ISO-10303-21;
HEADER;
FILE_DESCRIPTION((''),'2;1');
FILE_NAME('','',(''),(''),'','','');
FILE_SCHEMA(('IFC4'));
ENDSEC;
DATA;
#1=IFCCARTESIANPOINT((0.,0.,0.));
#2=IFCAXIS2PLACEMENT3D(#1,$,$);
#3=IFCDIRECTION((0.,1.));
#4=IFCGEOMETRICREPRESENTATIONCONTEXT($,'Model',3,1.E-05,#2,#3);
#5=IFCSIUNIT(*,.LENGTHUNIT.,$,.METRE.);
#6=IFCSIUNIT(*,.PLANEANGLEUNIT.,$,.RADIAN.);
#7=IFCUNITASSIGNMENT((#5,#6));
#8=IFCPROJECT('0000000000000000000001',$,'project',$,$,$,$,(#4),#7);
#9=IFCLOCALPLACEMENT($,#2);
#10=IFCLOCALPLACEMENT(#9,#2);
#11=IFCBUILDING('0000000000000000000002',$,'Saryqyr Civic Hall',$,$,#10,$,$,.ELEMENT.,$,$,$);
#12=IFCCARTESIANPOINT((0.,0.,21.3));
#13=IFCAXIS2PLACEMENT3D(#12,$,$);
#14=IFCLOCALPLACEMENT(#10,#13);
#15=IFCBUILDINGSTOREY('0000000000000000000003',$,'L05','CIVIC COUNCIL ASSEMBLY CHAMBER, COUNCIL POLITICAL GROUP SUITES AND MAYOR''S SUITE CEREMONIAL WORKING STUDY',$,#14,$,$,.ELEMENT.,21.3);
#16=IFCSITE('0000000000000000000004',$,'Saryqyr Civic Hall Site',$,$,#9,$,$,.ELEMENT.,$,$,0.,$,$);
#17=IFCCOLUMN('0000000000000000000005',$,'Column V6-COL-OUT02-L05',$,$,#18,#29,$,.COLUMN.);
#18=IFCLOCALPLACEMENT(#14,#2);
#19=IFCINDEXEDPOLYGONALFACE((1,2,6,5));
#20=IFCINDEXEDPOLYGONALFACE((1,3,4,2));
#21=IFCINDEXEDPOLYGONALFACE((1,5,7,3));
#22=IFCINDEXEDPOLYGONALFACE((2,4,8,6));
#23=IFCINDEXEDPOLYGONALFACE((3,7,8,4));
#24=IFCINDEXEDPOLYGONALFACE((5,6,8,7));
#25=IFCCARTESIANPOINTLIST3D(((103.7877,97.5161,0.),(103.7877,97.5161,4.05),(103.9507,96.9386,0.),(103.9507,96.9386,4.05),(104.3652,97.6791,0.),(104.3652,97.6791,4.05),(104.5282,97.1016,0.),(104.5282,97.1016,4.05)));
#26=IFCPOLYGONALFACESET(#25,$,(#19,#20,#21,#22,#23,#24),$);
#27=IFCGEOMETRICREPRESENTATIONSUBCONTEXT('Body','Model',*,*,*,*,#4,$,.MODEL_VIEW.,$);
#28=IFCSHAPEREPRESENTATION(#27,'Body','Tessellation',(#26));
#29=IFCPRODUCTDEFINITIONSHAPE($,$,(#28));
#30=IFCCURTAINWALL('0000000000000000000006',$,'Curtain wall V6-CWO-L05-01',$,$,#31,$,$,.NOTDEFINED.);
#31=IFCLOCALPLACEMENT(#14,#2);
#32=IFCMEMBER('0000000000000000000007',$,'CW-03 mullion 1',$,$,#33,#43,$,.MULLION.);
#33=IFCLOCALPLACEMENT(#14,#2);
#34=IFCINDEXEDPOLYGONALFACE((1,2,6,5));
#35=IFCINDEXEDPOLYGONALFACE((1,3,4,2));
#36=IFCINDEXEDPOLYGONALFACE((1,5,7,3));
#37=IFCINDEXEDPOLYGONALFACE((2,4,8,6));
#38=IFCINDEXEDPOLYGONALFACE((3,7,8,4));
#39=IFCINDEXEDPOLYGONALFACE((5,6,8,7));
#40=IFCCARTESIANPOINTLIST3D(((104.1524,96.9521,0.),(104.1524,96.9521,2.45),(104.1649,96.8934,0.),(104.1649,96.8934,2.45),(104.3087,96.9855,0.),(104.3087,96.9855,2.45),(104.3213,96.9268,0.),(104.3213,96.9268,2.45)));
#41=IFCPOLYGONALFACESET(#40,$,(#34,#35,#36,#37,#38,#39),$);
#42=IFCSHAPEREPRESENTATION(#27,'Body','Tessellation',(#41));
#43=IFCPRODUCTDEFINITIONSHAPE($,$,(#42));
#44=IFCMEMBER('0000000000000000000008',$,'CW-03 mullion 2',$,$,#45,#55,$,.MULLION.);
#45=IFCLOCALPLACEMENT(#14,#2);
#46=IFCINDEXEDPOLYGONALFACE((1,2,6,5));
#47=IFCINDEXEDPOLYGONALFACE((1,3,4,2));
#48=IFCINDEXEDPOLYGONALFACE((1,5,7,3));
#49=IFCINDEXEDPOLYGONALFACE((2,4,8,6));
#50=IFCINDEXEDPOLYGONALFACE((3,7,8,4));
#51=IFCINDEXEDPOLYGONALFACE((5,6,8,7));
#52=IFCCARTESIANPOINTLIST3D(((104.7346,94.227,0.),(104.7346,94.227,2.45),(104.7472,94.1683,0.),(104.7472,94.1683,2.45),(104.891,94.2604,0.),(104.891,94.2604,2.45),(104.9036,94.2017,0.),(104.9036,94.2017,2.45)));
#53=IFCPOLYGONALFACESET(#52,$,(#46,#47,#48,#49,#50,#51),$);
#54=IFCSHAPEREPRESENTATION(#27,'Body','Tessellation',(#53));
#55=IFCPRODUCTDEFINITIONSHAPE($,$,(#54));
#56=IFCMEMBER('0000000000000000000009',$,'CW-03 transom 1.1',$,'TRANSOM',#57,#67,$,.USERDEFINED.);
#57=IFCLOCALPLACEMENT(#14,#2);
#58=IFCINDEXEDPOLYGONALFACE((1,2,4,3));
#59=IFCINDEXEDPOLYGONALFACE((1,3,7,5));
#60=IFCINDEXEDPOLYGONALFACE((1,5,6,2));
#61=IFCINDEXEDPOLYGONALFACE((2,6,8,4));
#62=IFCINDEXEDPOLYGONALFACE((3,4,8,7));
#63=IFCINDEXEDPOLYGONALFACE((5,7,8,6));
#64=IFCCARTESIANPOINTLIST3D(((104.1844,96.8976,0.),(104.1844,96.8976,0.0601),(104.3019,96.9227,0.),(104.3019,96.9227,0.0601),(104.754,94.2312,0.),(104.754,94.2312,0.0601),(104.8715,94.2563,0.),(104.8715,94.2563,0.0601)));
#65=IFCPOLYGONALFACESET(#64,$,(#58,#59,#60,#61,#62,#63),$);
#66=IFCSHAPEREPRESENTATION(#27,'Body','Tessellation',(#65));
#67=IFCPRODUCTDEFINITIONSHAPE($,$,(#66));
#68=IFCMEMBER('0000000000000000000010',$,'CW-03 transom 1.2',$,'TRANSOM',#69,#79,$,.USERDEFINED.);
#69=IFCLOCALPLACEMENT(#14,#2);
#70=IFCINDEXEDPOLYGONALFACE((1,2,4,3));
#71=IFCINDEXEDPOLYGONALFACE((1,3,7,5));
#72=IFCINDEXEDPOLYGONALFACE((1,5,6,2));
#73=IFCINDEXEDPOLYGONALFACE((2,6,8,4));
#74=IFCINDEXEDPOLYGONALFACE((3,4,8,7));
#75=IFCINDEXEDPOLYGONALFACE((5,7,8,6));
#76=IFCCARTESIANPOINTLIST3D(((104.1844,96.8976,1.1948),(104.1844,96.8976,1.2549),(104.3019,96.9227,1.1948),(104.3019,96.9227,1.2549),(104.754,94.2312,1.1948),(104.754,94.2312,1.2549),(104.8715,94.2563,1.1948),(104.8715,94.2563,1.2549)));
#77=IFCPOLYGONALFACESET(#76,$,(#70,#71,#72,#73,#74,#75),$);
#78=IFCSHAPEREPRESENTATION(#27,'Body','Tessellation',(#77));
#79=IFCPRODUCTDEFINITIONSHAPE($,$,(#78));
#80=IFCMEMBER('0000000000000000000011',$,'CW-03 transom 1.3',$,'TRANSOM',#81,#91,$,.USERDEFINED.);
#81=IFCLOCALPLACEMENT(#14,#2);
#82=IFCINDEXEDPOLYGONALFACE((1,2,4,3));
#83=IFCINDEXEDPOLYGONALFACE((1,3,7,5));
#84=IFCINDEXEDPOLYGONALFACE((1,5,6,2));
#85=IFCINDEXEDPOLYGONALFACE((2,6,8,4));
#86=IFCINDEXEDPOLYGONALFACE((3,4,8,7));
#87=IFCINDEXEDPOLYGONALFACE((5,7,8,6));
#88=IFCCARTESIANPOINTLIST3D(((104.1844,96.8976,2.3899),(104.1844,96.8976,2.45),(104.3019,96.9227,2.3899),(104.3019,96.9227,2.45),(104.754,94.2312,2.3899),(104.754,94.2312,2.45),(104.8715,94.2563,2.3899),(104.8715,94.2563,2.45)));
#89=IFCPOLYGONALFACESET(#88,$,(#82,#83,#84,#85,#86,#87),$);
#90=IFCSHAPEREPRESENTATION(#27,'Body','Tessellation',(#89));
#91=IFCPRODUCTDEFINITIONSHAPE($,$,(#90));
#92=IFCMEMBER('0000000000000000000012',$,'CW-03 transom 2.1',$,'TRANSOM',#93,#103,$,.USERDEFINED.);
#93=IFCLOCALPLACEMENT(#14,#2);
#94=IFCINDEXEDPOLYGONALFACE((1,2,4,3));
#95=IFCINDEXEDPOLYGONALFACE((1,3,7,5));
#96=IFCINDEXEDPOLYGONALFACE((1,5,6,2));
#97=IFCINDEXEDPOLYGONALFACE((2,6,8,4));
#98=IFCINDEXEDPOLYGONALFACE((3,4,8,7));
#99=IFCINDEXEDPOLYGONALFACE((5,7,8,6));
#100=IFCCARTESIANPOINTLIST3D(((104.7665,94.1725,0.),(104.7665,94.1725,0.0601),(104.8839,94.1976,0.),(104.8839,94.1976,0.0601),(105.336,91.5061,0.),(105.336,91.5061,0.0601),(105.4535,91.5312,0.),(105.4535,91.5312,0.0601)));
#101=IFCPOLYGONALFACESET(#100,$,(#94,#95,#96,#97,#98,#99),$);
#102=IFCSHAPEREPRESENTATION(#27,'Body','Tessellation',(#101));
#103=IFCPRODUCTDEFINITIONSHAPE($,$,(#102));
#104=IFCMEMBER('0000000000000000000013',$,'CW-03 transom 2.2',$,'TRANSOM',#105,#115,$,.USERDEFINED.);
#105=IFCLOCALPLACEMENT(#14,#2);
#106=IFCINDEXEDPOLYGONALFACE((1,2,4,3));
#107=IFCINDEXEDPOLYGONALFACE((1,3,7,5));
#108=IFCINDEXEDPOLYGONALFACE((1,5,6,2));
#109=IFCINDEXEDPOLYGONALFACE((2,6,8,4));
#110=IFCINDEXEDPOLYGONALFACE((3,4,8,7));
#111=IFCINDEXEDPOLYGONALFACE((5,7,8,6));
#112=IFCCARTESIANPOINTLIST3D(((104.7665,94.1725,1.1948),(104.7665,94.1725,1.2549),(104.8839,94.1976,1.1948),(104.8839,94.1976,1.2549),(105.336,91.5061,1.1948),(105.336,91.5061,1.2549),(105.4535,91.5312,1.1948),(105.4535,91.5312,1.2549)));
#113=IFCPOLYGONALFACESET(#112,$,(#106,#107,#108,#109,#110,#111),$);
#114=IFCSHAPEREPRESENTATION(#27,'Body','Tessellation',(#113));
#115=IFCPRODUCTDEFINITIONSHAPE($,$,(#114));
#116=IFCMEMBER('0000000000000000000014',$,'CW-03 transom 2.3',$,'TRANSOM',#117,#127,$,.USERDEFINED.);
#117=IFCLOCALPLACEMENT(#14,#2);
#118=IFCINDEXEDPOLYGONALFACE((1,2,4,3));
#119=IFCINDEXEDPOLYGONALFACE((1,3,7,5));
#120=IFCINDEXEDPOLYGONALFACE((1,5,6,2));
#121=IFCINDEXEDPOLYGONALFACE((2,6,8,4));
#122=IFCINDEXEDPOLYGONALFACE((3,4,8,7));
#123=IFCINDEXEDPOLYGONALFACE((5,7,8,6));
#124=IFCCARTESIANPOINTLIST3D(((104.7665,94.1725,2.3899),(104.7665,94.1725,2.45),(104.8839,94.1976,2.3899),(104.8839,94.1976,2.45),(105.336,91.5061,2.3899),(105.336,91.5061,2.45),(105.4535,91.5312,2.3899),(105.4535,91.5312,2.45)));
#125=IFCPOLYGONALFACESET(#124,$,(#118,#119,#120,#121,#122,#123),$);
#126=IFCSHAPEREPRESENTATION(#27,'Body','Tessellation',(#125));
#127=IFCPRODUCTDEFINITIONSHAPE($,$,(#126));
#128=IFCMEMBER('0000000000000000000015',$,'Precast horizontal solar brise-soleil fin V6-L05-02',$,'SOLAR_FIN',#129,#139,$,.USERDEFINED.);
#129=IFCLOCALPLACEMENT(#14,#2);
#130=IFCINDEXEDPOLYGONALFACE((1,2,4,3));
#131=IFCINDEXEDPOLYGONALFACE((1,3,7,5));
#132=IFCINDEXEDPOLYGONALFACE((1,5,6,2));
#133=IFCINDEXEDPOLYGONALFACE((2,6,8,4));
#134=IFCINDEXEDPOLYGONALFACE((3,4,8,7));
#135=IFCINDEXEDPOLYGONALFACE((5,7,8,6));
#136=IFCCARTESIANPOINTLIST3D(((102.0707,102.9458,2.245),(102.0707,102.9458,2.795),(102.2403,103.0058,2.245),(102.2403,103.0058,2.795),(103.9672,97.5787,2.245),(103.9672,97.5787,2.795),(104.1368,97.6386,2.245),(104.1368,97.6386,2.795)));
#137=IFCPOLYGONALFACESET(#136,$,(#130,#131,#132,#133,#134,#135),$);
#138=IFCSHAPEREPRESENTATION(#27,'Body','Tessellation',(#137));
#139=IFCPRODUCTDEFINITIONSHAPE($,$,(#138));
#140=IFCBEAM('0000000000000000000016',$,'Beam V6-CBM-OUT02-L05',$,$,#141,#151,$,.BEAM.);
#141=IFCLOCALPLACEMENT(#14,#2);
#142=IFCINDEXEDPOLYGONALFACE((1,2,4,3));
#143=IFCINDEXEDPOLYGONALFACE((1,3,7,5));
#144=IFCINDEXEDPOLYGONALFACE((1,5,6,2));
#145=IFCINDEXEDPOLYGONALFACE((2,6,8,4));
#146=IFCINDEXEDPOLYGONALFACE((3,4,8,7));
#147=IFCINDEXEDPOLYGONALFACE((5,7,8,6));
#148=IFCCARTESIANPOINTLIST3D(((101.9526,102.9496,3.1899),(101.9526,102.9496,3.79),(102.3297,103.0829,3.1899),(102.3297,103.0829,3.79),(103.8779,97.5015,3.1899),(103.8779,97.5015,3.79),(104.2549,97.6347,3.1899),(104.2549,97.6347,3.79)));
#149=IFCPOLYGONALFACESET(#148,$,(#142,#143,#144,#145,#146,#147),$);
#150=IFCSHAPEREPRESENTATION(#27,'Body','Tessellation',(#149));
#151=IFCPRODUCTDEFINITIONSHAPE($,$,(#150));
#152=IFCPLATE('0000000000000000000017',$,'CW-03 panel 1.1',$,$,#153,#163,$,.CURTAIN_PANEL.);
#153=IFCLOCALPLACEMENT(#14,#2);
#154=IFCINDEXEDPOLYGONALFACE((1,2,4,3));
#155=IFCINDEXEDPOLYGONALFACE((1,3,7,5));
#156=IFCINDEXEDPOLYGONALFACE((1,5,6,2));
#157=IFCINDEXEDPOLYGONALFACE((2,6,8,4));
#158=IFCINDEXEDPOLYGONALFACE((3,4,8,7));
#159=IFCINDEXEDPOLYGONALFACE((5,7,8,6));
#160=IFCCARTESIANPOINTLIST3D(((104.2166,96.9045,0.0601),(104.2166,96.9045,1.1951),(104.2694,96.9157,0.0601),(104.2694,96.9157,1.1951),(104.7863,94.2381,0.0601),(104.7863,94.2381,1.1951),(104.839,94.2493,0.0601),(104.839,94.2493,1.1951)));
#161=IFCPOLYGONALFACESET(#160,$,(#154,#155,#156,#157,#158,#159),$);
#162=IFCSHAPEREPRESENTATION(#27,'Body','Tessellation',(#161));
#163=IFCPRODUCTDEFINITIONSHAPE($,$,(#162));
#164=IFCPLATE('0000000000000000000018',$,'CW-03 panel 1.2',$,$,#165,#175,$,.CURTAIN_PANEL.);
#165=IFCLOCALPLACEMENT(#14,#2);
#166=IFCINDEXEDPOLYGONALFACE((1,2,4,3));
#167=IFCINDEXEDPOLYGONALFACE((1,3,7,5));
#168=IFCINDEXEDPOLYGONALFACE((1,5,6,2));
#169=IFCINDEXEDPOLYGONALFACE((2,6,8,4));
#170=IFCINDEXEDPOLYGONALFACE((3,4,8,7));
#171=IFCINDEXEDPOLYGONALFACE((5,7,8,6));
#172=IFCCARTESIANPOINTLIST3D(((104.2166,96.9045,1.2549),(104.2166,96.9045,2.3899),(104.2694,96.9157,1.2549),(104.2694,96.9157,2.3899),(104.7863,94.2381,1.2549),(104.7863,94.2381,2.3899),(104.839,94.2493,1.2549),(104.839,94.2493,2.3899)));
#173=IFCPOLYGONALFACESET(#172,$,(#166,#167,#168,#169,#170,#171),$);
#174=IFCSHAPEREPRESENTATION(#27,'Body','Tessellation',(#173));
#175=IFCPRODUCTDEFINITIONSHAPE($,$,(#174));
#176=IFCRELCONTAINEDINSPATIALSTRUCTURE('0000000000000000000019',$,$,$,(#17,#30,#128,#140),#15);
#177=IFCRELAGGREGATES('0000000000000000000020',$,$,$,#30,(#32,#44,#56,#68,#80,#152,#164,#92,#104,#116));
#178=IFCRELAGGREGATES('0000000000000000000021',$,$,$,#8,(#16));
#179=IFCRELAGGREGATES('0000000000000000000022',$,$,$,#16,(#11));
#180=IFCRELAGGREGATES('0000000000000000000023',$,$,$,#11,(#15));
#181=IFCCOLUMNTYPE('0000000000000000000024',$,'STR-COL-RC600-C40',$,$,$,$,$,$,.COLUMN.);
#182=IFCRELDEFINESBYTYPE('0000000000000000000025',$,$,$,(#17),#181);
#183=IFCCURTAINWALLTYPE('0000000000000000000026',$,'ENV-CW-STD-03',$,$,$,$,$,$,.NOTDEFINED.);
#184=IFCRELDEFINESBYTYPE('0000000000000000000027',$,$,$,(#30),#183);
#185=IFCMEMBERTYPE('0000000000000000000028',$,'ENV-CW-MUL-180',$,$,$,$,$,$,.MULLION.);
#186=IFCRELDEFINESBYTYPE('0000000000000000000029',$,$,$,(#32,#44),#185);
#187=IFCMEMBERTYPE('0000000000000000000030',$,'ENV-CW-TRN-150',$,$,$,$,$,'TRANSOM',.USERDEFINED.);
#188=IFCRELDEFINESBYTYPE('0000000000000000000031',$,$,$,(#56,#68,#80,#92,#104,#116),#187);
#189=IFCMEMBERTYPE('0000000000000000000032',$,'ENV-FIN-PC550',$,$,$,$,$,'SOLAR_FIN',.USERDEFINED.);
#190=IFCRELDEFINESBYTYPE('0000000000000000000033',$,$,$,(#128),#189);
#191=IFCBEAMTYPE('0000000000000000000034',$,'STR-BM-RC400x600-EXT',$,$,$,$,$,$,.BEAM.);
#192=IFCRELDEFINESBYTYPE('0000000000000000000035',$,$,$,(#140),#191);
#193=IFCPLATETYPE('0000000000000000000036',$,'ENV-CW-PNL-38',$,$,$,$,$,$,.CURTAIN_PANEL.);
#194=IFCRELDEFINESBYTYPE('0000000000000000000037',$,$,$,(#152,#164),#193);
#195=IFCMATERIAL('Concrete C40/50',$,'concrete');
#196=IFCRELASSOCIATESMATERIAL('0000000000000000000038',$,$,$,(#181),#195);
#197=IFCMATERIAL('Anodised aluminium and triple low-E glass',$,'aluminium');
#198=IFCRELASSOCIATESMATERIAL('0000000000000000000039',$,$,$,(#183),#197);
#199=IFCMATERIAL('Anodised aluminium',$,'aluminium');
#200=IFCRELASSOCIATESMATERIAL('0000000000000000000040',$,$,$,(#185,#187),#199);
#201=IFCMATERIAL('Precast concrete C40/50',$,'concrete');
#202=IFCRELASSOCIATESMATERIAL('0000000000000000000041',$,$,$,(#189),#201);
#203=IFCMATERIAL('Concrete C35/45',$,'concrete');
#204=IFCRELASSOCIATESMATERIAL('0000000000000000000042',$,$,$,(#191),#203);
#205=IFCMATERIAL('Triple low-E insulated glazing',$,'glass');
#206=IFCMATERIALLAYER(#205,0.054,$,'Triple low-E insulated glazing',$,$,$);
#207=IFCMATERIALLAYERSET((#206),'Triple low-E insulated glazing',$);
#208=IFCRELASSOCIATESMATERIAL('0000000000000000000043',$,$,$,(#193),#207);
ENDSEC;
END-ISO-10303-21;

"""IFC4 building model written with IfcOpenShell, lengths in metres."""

from ifc_helpers import new_model, si_unit, direction, frame, origin, origin_2d, place, context, subcontext, project, spatial, rectangle, extrude, material, layer, layer_set, material_profile, profile_set, type_object, element, aggregate, save


model = new_model("IFC4")

# Units and contexts
model_context = context("Model", 3, precision=1e-05, world=origin(), true_north=direction((0.0, 1.0)))
body_context = subcontext(model_context, "Body", "Model", "MODEL_VIEW")
ifc_project = project(units=[si_unit("LENGTHUNIT", "METRE"), si_unit("PLANEANGLEUNIT", "RADIAN")], contexts=[model_context])

# Site, building, storey
site_placement = place(None, origin())
site = spatial("IfcSite", under=ifc_project, at=site_placement, Name="Saryqyr Civic Hall Site", CompositionType="ELEMENT", RefElevation=0.0)
building_placement = place(site_placement, origin())
building = spatial("IfcBuilding", under=site, at=building_placement, Name="Saryqyr Civic Hall", CompositionType="ELEMENT")
storey_placement = place(building_placement, frame((0.0, 0.0, 21.3)))
storey = spatial("IfcBuildingStorey", under=building, at=storey_placement, Name="L05", Description="CIVIC COUNCIL ASSEMBLY CHAMBER, COUNCIL POLITICAL GROUP SUITES AND MAYOR'S SUITE CEREMONIAL WORKING STUDY", CompositionType="ELEMENT", Elevation=21.3)

# Column
ifc_material_1 = material(Name="Concrete C40/50", Category="concrete")
ifc_material_profile_1 = material_profile(ifc_material_1, rectangle(XDim=0.6001, YDim=0.6001, at=origin_2d()), Name="RC 600x600")
ifc_profile_set_1 = profile_set([ifc_material_profile_1], Name="Concrete C40/50")
column_type = type_object("IfcColumnType", Name="STR-COL-RC600-C40", PredefinedType="COLUMN", material=ifc_profile_set_1)
column_placement = place(storey_placement, frame((104.158, 97.3088, 0.0), z_axis=(0.0, 0.0, 1.0), x_axis=(0.962408, 0.271608, 0.0)))
element("IfcColumn", 1, at=column_placement, inside=storey, type_object=column_type, Name="Column V6-COL-OUT02-L05", PredefinedType="COLUMN", context=body_context, shape_type="SweptSolid", body=[
    extrude(rectangle(XDim=0.6001, YDim=0.6001, at=origin_2d()), origin(), (0.0, 0.0, 1.0), 4.05),
])

# Curtain wall, members
ifc_material_2 = material(Name="Anodised aluminium and triple low-E glass", Category="aluminium")
curtain_wall_type = type_object("IfcCurtainWallType", Name="ENV-CW-STD-03", PredefinedType="NOTDEFINED", material=ifc_material_2)
curtain_wall_placement = place(storey_placement, origin())
curtain_wall = element("IfcCurtainWall", 2, at=curtain_wall_placement, inside=storey, type_object=curtain_wall_type, Name="Curtain wall V6-CWO-L05-01", PredefinedType="NOTDEFINED")
ifc_material_3 = material(Name="Anodised aluminium", Category="aluminium")
ifc_material_profile_2 = material_profile(ifc_material_3, rectangle(XDim=0.0601, YDim=0.1599, at=origin_2d()), Name="ALU MULLION 60x160")
ifc_profile_set_2 = profile_set([ifc_material_profile_2], Name="Anodised aluminium")
member_type_1 = type_object("IfcMemberType", Name="ENV-CW-MUL-180", PredefinedType="MULLION", material=ifc_profile_set_2)
member_1_placement = place(storey_placement, frame((104.2368, 96.9395, 0.0), z_axis=(0.0, 0.0, 1.0), x_axis=(0.208908, -0.977935, 0.0)))
member_1 = element("IfcMember", 3, at=member_1_placement, type_object=member_type_1, Name="CW-03 mullion 1", PredefinedType="MULLION", context=body_context, shape_type="SweptSolid", body=[
    extrude(rectangle(XDim=0.0601, YDim=0.1599, at=origin_2d()), origin(), (0.0, 0.0, 1.0), 2.45),
])
member_2_placement = place(storey_placement, frame((104.8191, 94.2144, 0.0), z_axis=(0.0, 0.0, 1.0), x_axis=(0.208908, -0.977935, 0.0)))
member_2 = element("IfcMember", 4, at=member_2_placement, type_object=member_type_1, Name="CW-03 mullion 2", PredefinedType="MULLION", context=body_context, shape_type="SweptSolid", body=[
    extrude(rectangle(XDim=0.0601, YDim=0.1599, at=origin_2d()), origin(), (0.0, 0.0, 1.0), 2.45),
])
ifc_material_profile_3 = material_profile(ifc_material_3, rectangle(XDim=0.1201, YDim=0.0601, at=origin_2d()), Name="ALU TRANSOM 120x60")
ifc_profile_set_3 = profile_set([ifc_material_profile_3], Name="Anodised aluminium")
member_type_2 = type_object("IfcMemberType", Name="ENV-CW-TRN-150", ElementType="TRANSOM", PredefinedType="USERDEFINED", material=ifc_profile_set_3)
member_3_placement = place(storey_placement, frame((104.2432, 96.9102, 0.03), z_axis=(0.208893, -0.977938, 0.0), x_axis=(0.977938, 0.208893, 0.0)))
member_3 = element("IfcMember", 5, at=member_3_placement, type_object=member_type_2, Name="CW-03 transom 1.1", ObjectType="TRANSOM", PredefinedType="USERDEFINED", context=body_context, shape_type="SweptSolid", body=[
    extrude(rectangle(XDim=0.1201, YDim=0.0601, at=origin_2d()), origin(), (0.0, 0.0, 1.0), 2.7266),
])
member_4_placement = place(storey_placement, frame((104.2432, 96.9102, 1.2249), z_axis=(0.208893, -0.977938, 0.0), x_axis=(0.977938, 0.208893, 0.0)))
member_4 = element("IfcMember", 6, at=member_4_placement, type_object=member_type_2, Name="CW-03 transom 1.2", ObjectType="TRANSOM", PredefinedType="USERDEFINED", context=body_context, shape_type="SweptSolid", body=[
    extrude(rectangle(XDim=0.1201, YDim=0.0601, at=origin_2d()), origin(), (0.0, 0.0, 1.0), 2.7266),
])
member_5_placement = place(storey_placement, frame((104.2432, 96.9102, 2.4199), z_axis=(0.208893, -0.977938, 0.0), x_axis=(0.977938, 0.208893, 0.0)))
member_5 = element("IfcMember", 7, at=member_5_placement, type_object=member_type_2, Name="CW-03 transom 1.3", ObjectType="TRANSOM", PredefinedType="USERDEFINED", context=body_context, shape_type="SweptSolid", body=[
    extrude(rectangle(XDim=0.1201, YDim=0.0601, at=origin_2d()), origin(), (0.0, 0.0, 1.0), 2.7266),
])
member_6_placement = place(storey_placement, frame((104.8252, 94.1851, 0.03), z_axis=(0.208893, -0.977938, 0.0), x_axis=(0.977938, 0.208893, 0.0)))
member_6 = element("IfcMember", 8, at=member_6_placement, type_object=member_type_2, Name="CW-03 transom 2.1", ObjectType="TRANSOM", PredefinedType="USERDEFINED", context=body_context, shape_type="SweptSolid", body=[
    extrude(rectangle(XDim=0.1201, YDim=0.0601, at=origin_2d()), origin(), (0.0, 0.0, 1.0), 2.7266),
])
member_7_placement = place(storey_placement, frame((104.8252, 94.1851, 1.2249), z_axis=(0.208893, -0.977938, 0.0), x_axis=(0.977938, 0.208893, 0.0)))
member_7 = element("IfcMember", 9, at=member_7_placement, type_object=member_type_2, Name="CW-03 transom 2.2", ObjectType="TRANSOM", PredefinedType="USERDEFINED", context=body_context, shape_type="SweptSolid", body=[
    extrude(rectangle(XDim=0.1201, YDim=0.0601, at=origin_2d()), origin(), (0.0, 0.0, 1.0), 2.7266),
])
member_8_placement = place(storey_placement, frame((104.8252, 94.1851, 2.4199), z_axis=(0.208893, -0.977938, 0.0), x_axis=(0.977938, 0.208893, 0.0)))
member_8 = element("IfcMember", 10, at=member_8_placement, type_object=member_type_2, Name="CW-03 transom 2.3", ObjectType="TRANSOM", PredefinedType="USERDEFINED", context=body_context, shape_type="SweptSolid", body=[
    extrude(rectangle(XDim=0.1201, YDim=0.0601, at=origin_2d()), origin(), (0.0, 0.0, 1.0), 2.7266),
])

# Member
ifc_material_4 = material(Name="Precast concrete C40/50", Category="concrete")
ifc_material_profile_4 = material_profile(ifc_material_4, rectangle(XDim=0.1799, YDim=0.55, at=origin_2d()), Name="PC FIN 180x550")
ifc_profile_set_4 = profile_set([ifc_material_profile_4], Name="Precast concrete C40/50")
member_type_3 = type_object("IfcMemberType", Name="ENV-FIN-PC550", ElementType="SOLAR_FIN", PredefinedType="USERDEFINED", material=ifc_profile_set_4)
member_9_placement = place(storey_placement, frame((104.052, 97.6086, 2.52), z_axis=(-0.333161, 0.94287, 0.0), x_axis=(-0.94287, -0.333161, 0.0)))
element("IfcMember", 11, at=member_9_placement, inside=storey, type_object=member_type_3, Name="Precast horizontal solar brise-soleil fin V6-L05-02", ObjectType="SOLAR_FIN", PredefinedType="USERDEFINED", context=body_context, shape_type="SweptSolid", body=[
    extrude(rectangle(XDim=0.1799, YDim=0.55, at=origin_2d()), origin(), (0.0, 0.0, 1.0), 5.6924),
])

# Beam
ifc_material_5 = material(Name="Concrete C35/45", Category="concrete")
ifc_material_profile_5 = material_profile(ifc_material_5, rectangle(XDim=0.3999, YDim=0.6001, at=origin_2d()), Name="RC 400x600")
ifc_profile_set_5 = profile_set([ifc_material_profile_5], Name="Concrete C35/45")
beam_type = type_object("IfcBeamType", Name="STR-BM-RC400x600-EXT", PredefinedType="BEAM", material=ifc_profile_set_5)
beam_placement = place(storey_placement, frame((104.0664, 97.5681, 3.49), z_axis=(-0.333187, 0.942861, 0.0), x_axis=(-0.942861, -0.333187, 0.0)))
element("IfcBeam", 12, at=beam_placement, inside=storey, type_object=beam_type, Name="Beam V6-CBM-OUT02-L05", PredefinedType="BEAM", context=body_context, shape_type="SweptSolid", body=[
    extrude(rectangle(XDim=0.3999, YDim=0.6001, at=origin_2d()), origin(), (0.0, 0.0, 1.0), 5.7783),
])

# Plates
ifc_material_6 = material(Name="Triple low-E insulated glazing", Category="glass")
ifc_layer_1 = layer(ifc_material_6, 0.054, Name="Triple low-E insulated glazing")
ifc_layer_set_1 = layer_set([ifc_layer_1], Name="Triple low-E insulated glazing")
plate_type = type_object("IfcPlateType", Name="ENV-CW-PNL-38", PredefinedType="CURTAIN_PANEL", material=ifc_layer_set_1)
plate_1_placement = place(storey_placement, frame((104.5278, 95.5769, 0.0601), z_axis=(0.0, 0.0, 1.0), x_axis=(0.208908, -0.977935, 0.0)))
plate_1 = element("IfcPlate", 13, at=plate_1_placement, type_object=plate_type, Name="CW-03 panel 1.1", PredefinedType="CURTAIN_PANEL", context=body_context, shape_type="SweptSolid", body=[
    extrude(rectangle(XDim=2.7266, YDim=0.054, at=origin_2d()), origin(), (0.0, 0.0, 1.0), 1.135),
])
plate_2_placement = place(storey_placement, frame((104.5278, 95.5769, 1.2549), z_axis=(0.0, 0.0, 1.0), x_axis=(0.208908, -0.977935, 0.0)))
plate_2 = element("IfcPlate", 14, at=plate_2_placement, type_object=plate_type, Name="CW-03 panel 1.2", PredefinedType="CURTAIN_PANEL", context=body_context, shape_type="SweptSolid", body=[
    extrude(rectangle(XDim=2.7266, YDim=0.054, at=origin_2d()), origin(), (0.0, 0.0, 1.0), 1.135),
])
aggregate(curtain_wall, [member_1, member_2, member_3, member_4, member_5, plate_1, plate_2, member_6, member_7, member_8])

save(model, "model.ifc")
